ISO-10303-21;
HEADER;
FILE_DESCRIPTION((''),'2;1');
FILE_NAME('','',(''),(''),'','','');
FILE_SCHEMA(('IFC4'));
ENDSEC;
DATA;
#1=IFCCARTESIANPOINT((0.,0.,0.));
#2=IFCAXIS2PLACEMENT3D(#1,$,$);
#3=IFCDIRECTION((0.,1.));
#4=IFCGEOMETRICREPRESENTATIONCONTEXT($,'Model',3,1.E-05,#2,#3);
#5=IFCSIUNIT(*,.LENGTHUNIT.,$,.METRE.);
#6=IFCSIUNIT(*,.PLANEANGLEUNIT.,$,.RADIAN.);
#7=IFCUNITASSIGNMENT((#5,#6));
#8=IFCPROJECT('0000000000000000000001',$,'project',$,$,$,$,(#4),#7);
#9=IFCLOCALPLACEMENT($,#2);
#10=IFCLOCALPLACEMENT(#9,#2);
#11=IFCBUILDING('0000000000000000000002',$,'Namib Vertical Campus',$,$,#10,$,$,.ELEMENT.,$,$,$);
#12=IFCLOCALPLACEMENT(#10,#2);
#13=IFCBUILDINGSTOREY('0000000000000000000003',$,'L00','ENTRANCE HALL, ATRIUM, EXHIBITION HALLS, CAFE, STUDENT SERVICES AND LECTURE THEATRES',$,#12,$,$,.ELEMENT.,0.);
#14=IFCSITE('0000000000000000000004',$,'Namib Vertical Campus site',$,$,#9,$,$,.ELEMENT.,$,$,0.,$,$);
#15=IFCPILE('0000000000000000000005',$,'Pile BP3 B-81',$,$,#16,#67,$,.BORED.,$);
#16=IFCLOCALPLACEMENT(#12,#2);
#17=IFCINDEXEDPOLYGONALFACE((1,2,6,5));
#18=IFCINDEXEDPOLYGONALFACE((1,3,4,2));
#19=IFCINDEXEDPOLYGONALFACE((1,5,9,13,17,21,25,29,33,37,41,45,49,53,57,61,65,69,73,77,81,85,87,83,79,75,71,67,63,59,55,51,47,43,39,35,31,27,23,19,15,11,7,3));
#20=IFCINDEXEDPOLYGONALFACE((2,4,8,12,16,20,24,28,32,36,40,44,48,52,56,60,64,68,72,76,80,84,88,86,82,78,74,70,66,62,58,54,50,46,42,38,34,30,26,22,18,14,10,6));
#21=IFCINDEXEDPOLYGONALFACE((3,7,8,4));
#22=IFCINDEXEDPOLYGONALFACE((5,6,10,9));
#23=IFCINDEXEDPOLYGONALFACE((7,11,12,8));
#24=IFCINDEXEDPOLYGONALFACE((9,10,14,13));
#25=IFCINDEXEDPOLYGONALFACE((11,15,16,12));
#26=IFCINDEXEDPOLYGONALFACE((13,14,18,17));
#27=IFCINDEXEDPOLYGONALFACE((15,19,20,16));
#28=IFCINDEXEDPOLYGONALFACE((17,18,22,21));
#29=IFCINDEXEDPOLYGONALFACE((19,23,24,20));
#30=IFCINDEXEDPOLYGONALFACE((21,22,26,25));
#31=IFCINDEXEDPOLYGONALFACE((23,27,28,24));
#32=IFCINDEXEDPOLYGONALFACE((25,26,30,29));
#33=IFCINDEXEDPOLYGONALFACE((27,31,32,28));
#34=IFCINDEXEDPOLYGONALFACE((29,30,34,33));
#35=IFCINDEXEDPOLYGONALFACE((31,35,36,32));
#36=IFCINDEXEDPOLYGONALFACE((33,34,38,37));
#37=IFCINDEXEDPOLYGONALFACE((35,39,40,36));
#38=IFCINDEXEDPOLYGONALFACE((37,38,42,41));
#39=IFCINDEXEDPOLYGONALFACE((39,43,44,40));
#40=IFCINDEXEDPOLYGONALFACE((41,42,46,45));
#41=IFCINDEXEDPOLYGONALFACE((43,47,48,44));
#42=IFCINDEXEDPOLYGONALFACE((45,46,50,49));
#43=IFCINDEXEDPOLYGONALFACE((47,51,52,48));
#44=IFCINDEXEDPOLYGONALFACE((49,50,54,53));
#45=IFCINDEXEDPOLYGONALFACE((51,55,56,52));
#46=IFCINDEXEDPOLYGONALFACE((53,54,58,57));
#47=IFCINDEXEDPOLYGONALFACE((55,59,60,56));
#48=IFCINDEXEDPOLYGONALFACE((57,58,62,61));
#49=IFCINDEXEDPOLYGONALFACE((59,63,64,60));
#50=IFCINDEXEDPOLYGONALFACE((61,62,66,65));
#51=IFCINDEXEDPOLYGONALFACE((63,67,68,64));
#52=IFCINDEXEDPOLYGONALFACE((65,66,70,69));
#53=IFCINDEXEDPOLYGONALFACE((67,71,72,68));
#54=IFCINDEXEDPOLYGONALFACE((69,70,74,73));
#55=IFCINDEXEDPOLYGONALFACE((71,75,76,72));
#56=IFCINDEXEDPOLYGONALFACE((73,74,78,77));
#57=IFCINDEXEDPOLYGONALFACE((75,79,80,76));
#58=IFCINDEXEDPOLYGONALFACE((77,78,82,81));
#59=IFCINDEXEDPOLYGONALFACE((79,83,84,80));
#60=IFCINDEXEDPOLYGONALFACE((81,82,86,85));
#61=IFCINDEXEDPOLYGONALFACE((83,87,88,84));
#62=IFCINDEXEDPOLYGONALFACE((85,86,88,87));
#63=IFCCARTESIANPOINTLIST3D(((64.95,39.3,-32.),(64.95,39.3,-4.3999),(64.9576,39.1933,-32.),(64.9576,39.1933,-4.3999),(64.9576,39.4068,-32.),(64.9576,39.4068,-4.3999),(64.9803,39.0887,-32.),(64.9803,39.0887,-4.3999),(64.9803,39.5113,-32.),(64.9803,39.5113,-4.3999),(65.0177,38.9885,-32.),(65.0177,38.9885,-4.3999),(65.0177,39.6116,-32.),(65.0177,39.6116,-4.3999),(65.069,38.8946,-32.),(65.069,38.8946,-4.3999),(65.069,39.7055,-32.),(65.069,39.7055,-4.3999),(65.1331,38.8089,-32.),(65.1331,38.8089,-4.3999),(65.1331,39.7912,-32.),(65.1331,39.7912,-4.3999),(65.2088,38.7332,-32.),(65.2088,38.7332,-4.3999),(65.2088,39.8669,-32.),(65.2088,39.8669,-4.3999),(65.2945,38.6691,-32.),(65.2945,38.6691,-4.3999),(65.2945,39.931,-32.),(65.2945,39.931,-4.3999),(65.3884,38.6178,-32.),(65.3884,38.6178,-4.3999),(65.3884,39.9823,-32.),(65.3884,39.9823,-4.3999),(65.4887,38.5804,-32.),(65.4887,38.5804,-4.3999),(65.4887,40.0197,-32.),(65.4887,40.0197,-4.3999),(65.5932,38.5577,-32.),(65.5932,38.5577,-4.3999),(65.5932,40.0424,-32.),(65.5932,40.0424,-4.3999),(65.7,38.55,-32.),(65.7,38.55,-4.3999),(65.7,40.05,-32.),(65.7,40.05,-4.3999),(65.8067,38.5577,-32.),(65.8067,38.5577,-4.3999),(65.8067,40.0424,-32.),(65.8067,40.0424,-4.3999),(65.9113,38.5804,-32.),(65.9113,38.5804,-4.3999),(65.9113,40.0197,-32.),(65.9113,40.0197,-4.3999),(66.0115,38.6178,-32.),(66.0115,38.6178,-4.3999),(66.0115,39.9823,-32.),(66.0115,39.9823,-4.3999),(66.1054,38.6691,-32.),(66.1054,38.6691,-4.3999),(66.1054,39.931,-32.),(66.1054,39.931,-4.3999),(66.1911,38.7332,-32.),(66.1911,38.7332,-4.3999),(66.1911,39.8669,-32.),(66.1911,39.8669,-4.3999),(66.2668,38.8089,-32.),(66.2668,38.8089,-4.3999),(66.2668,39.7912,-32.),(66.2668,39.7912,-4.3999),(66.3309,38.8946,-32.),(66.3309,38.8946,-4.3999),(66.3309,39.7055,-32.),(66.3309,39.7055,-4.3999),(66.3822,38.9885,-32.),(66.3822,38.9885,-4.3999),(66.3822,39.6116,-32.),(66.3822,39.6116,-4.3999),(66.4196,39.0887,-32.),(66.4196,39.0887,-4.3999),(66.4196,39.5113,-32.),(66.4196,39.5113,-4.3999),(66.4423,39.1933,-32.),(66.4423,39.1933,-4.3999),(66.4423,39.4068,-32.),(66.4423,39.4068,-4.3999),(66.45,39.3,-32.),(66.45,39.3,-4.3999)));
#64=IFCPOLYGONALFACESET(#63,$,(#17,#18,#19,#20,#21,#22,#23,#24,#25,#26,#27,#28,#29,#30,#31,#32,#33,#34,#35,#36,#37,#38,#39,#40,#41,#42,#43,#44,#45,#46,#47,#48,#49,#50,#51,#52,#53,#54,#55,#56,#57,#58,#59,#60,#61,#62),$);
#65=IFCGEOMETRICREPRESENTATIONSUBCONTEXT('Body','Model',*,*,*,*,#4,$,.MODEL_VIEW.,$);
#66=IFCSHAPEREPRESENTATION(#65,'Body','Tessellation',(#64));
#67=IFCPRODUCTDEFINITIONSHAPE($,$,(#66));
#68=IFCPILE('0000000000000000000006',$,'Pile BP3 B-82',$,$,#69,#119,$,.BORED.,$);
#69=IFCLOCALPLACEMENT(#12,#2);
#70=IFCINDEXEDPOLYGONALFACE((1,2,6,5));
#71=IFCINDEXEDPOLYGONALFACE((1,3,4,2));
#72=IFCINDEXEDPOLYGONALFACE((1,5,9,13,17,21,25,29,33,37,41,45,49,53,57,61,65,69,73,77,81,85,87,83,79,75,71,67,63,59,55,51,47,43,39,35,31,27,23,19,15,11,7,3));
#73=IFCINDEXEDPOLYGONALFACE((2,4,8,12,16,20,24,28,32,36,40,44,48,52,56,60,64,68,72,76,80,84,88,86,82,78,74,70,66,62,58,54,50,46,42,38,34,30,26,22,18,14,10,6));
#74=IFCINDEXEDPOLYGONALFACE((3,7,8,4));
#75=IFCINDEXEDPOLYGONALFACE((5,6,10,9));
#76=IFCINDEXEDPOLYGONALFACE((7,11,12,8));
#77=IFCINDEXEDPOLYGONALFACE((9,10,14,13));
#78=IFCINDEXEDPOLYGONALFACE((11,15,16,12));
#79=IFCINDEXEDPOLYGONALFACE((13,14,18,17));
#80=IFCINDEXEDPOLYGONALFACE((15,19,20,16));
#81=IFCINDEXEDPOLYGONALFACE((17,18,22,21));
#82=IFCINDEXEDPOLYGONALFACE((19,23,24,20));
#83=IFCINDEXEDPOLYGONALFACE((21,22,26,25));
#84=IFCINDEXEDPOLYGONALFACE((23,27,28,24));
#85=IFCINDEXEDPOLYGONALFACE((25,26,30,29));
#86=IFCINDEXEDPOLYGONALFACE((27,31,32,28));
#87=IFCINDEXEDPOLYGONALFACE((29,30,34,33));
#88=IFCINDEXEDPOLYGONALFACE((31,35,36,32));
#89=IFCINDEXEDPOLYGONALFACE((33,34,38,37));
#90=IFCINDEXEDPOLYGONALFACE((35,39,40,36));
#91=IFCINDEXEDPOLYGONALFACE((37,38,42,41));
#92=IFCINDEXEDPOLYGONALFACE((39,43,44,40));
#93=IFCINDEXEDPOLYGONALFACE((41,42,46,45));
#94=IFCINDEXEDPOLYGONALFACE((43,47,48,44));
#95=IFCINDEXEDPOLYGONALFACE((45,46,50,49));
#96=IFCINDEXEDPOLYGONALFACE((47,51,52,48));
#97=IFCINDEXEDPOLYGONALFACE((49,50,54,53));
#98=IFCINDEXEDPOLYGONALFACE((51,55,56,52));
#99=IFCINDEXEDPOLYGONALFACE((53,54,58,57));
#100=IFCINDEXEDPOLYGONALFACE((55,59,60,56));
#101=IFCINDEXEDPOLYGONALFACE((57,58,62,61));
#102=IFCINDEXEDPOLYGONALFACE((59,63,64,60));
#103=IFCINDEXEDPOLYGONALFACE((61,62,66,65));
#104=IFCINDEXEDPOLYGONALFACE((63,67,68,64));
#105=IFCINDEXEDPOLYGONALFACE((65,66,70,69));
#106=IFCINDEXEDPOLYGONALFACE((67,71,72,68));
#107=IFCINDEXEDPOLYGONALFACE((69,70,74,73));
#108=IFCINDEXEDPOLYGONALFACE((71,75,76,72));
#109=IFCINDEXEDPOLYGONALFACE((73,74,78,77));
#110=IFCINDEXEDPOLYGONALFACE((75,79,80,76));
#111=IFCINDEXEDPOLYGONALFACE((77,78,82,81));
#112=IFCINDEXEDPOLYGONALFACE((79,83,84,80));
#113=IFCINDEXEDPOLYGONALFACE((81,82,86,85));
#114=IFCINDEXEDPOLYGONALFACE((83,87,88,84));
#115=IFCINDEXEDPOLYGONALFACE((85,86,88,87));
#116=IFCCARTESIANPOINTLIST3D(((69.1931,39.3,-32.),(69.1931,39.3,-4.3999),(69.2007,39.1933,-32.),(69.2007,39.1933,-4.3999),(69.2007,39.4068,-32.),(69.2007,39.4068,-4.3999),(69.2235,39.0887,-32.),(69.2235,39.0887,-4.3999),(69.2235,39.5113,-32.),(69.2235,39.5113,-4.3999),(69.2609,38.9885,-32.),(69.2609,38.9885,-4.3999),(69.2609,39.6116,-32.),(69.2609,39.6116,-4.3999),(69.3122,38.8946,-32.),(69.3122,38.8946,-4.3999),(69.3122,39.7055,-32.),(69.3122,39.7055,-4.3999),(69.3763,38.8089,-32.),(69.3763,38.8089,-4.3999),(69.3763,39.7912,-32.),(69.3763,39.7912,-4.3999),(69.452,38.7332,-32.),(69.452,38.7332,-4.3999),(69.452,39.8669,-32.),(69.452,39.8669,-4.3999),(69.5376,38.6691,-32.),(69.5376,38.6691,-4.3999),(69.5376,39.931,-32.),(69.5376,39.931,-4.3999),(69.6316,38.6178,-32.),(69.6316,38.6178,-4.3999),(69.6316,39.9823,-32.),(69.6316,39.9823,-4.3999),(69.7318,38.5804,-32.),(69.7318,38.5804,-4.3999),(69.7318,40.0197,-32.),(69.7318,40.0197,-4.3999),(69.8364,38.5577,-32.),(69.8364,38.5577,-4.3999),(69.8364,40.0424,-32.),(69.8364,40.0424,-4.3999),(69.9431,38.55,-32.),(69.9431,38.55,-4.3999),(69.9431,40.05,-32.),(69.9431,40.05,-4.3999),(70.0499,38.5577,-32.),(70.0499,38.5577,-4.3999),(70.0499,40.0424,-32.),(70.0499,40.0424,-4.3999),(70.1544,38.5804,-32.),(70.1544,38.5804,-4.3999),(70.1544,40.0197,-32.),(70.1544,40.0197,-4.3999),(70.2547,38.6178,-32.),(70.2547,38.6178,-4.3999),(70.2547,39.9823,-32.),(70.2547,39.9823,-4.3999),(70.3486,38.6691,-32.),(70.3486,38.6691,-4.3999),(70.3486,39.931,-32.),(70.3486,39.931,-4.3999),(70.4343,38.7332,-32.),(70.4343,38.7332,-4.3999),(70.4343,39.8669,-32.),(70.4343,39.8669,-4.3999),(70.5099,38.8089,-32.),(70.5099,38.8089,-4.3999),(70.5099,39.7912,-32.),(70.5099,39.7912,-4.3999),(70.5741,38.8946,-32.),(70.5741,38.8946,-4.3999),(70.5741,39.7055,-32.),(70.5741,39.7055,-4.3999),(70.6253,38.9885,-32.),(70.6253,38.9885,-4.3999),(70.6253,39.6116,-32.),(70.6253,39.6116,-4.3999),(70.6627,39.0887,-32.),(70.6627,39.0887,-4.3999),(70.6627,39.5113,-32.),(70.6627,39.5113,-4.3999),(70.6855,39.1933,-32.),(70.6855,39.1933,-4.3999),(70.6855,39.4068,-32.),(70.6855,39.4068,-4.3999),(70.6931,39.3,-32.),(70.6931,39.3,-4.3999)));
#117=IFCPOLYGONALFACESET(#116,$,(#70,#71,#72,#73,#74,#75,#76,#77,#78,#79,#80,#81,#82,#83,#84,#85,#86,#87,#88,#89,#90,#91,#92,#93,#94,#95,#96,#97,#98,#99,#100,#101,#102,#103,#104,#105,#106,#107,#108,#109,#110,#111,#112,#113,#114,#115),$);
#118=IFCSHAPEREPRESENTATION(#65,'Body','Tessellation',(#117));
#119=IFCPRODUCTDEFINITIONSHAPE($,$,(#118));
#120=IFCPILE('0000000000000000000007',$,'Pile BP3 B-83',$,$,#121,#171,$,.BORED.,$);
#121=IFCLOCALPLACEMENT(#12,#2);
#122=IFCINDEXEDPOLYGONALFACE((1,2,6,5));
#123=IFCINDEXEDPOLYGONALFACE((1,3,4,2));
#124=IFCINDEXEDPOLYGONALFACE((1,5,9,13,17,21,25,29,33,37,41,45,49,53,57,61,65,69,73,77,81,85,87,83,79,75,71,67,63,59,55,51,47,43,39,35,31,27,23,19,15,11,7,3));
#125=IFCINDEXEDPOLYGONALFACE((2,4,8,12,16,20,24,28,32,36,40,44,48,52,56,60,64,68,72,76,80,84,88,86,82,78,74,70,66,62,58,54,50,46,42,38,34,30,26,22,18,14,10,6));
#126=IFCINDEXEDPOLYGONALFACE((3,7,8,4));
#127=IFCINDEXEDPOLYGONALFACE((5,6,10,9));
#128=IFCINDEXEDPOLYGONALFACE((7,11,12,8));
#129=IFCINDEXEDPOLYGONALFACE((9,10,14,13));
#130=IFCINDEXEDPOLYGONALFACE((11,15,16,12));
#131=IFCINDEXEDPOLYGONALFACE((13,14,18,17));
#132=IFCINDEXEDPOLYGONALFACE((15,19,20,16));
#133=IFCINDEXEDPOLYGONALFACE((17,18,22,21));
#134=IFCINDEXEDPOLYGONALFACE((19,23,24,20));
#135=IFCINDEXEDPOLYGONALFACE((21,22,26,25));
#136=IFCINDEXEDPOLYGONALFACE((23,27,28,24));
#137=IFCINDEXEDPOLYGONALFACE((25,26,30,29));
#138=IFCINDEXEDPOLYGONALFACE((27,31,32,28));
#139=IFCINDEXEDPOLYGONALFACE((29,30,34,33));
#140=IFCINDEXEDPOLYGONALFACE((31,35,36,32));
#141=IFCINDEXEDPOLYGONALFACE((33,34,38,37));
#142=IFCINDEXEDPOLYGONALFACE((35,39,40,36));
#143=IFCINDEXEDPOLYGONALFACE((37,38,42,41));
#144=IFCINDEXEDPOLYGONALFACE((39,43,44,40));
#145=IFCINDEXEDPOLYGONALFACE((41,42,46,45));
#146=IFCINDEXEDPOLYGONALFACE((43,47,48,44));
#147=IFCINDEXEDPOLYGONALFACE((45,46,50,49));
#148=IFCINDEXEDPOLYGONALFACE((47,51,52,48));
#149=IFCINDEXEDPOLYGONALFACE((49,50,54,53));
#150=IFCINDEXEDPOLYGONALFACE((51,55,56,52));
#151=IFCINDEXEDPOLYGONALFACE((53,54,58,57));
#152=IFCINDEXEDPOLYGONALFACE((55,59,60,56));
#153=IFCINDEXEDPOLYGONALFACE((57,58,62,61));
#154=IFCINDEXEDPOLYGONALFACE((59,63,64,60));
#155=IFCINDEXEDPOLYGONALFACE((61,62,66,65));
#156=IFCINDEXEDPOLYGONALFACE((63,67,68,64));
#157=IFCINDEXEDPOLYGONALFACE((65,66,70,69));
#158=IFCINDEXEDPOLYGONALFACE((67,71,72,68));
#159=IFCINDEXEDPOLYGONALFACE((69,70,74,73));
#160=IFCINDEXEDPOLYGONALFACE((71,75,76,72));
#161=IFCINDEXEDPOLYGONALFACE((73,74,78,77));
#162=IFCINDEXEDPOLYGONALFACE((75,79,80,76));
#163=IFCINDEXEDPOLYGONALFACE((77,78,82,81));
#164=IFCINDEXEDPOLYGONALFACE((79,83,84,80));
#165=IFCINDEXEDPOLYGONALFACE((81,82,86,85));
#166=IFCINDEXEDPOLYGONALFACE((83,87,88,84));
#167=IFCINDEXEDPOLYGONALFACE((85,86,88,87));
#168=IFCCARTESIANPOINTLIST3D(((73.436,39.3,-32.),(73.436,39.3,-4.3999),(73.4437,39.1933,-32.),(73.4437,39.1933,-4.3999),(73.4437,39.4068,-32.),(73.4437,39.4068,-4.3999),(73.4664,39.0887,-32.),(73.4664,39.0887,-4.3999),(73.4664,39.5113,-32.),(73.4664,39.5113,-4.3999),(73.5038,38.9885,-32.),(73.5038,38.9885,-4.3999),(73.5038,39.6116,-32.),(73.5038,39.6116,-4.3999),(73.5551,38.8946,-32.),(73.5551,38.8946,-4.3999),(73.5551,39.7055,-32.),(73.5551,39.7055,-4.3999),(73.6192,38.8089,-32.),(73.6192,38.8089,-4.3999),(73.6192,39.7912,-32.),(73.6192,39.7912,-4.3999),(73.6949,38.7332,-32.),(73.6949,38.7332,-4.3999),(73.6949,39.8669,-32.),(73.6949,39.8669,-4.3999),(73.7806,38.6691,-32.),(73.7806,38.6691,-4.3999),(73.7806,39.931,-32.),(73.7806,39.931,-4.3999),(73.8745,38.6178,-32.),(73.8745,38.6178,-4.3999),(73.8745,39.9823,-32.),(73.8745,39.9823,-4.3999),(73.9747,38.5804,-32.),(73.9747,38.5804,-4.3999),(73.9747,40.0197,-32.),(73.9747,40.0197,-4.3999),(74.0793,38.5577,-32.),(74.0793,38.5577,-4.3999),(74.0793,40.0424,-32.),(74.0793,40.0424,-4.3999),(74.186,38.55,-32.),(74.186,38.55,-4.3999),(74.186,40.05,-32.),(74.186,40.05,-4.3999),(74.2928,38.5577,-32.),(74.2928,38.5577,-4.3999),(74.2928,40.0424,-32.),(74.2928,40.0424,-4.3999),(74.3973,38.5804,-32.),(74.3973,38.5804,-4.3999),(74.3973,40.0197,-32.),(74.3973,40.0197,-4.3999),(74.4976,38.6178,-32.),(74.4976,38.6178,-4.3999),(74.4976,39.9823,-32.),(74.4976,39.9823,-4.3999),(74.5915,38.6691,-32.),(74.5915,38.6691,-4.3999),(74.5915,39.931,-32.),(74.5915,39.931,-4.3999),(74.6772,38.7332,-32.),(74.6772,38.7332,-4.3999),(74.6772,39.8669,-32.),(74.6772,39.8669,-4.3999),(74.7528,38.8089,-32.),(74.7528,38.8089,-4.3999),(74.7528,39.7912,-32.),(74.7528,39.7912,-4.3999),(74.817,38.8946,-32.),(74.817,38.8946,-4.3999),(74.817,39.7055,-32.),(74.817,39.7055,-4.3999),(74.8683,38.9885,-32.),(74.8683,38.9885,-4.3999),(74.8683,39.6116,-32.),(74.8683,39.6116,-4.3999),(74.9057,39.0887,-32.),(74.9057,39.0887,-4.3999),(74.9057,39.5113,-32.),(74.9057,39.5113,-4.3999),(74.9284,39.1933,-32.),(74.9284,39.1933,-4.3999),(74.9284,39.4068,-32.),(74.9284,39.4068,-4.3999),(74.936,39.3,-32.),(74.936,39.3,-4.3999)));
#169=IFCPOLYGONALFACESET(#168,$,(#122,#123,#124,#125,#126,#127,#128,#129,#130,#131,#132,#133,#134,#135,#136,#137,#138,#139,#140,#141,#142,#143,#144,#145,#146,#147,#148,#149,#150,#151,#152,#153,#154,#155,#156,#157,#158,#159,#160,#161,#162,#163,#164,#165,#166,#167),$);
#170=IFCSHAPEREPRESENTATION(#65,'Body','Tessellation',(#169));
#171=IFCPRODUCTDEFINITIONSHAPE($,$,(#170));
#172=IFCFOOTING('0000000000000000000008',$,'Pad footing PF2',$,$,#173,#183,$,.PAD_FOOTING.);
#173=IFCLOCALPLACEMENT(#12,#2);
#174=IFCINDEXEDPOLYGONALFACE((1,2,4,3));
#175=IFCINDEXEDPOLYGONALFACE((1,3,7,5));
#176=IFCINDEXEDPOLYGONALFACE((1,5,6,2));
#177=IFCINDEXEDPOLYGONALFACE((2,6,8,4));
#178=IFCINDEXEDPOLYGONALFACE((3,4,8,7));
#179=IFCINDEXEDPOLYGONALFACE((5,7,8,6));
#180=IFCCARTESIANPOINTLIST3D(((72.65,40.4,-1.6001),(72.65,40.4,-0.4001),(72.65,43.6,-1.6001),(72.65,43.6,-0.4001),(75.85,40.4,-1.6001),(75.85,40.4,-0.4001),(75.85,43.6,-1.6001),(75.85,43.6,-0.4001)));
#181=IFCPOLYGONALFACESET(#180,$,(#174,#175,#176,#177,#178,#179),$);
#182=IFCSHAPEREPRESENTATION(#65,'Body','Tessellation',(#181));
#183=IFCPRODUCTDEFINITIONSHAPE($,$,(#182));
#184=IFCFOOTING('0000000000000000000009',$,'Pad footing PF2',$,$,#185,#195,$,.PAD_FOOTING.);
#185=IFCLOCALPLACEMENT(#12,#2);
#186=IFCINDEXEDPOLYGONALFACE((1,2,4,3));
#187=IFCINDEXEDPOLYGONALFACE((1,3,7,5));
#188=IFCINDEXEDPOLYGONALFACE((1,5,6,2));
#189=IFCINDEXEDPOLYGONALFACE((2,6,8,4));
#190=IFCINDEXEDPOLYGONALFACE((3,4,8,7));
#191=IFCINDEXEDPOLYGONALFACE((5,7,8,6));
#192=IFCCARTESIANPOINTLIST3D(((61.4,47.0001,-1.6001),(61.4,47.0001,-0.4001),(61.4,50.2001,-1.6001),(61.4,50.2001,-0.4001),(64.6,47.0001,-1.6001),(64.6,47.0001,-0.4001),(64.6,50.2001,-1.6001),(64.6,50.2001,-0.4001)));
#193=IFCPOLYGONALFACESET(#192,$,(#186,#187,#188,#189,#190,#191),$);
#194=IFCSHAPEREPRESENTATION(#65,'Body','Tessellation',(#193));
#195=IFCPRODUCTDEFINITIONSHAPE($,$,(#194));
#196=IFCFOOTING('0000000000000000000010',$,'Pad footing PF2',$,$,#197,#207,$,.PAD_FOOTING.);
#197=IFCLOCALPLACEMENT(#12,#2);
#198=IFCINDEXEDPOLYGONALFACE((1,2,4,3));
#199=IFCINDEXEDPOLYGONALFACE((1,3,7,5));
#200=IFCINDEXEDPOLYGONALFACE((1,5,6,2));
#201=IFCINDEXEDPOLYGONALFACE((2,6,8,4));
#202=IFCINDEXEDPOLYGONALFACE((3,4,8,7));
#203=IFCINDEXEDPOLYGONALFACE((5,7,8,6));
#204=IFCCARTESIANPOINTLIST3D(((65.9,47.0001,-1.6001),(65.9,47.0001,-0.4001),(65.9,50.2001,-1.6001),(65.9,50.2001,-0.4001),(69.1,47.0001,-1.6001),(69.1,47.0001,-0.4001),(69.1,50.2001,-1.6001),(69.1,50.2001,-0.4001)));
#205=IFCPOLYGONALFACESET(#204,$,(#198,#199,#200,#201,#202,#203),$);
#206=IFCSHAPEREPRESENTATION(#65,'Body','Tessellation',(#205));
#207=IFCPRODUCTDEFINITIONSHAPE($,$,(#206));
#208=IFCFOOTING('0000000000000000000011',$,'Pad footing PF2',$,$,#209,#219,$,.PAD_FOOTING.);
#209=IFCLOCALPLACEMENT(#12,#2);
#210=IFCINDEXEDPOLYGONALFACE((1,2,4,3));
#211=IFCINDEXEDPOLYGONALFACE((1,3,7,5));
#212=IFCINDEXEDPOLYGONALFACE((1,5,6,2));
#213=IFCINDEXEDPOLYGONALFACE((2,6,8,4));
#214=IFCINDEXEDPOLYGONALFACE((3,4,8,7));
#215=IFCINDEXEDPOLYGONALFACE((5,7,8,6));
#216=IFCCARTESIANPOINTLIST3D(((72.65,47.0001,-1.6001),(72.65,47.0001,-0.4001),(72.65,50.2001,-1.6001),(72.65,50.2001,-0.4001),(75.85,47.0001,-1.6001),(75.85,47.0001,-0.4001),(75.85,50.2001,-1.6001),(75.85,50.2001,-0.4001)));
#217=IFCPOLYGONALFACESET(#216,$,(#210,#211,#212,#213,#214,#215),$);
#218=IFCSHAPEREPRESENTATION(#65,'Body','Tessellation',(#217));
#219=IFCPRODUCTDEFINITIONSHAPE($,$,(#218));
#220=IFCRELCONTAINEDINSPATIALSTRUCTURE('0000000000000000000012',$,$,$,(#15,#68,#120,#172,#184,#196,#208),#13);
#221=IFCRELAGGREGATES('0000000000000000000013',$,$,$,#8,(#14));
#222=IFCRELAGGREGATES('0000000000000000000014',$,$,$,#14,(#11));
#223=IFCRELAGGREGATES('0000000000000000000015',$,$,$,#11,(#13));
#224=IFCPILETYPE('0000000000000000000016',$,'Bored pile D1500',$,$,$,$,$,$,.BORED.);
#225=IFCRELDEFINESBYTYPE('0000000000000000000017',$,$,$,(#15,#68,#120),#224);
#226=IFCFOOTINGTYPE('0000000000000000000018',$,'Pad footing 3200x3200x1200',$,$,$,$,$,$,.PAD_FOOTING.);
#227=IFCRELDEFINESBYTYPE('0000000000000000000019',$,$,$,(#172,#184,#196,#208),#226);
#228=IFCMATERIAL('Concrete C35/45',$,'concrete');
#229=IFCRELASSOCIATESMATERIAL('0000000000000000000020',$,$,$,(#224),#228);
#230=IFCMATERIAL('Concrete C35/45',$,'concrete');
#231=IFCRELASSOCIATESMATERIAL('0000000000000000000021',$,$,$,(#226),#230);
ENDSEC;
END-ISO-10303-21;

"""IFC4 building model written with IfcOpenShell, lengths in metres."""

from ifc_helpers import new_model, si_unit, direction, frame, origin, origin_2d, place, context, subcontext, project, spatial, rectangle, circle, extrude, material, material_profile, profile_set, type_object, element, save


model = new_model("IFC4")

# Units and contexts
model_context = context("Model", 3, precision=1e-05, world=origin(), true_north=direction((0.0, 1.0)))
body_context = subcontext(model_context, "Body", "Model", "MODEL_VIEW")
ifc_project = project(units=[si_unit("LENGTHUNIT", "METRE"), si_unit("PLANEANGLEUNIT", "RADIAN")], contexts=[model_context])

# Site, building, storey
site_placement = place(None, origin())
site = spatial("IfcSite", under=ifc_project, at=site_placement, Name="Namib Vertical Campus site", CompositionType="ELEMENT", RefElevation=0.0)
building_placement = place(site_placement, origin())
building = spatial("IfcBuilding", under=site, at=building_placement, Name="Namib Vertical Campus", CompositionType="ELEMENT")
storey_placement = place(building_placement, origin())
storey = spatial("IfcBuildingStorey", under=building, at=storey_placement, Name="L00", Description="ENTRANCE HALL, ATRIUM, EXHIBITION HALLS, CAFE, STUDENT SERVICES AND LECTURE THEATRES", CompositionType="ELEMENT", Elevation=0.0)

# Piles
ifc_material_1 = material(Name="Concrete C35/45", Category="concrete")
ifc_material_profile_1 = material_profile(ifc_material_1, circle(Radius=0.75, at=origin_2d()))
ifc_profile_set_1 = profile_set([ifc_material_profile_1], Name="Concrete C35/45")
pile_type = type_object("IfcPileType", Name="Bored pile D1500", PredefinedType="BORED", material=ifc_profile_set_1)
for number, where, z_axis, x_axis, name in (
    (1, (65.7, 39.3, -4.3999), (0.0, 0.0, -1.0), (1.0, 0.0, 0.0), "Pile BP3 B-81"),
    (2, (69.9431, 39.3, -4.3999), (0.0, 0.0, -1.0), (1.0, 0.0, 0.0), "Pile BP3 B-82"),
    (3, (74.186, 39.3, -4.3999), (0.0, 0.0, -1.0), (1.0, 0.0, 0.0), "Pile BP3 B-83"),
):
    element("IfcPile", number, at=place(storey_placement, frame(where, z_axis=z_axis, x_axis=x_axis)), inside=storey, type_object=pile_type, Name=name, PredefinedType="BORED", context=body_context, shape_type="SweptSolid", body=[
        extrude(circle(Radius=0.75, at=origin_2d()), origin(), (0.0, 0.0, 1.0), 27.6001),
    ])

# Footings
ifc_material_2 = material(Name="Concrete C35/45", Category="concrete")
footing_type = type_object("IfcFootingType", Name="Pad footing 3200x3200x1200", PredefinedType="PAD_FOOTING", material=ifc_material_2)
for number, where, z_axis, x_axis, name in (
    (4, (74.25, 42.0, -1.6001), (0.0, 0.0, 1.0), (1.0, 0.0, 0.0), "Pad footing PF2"),
    (5, (63.0, 48.6001, -1.6001), (0.0, 0.0, 1.0), (1.0, 0.0, 0.0), "Pad footing PF2"),
    (6, (67.5, 48.6001, -1.6001), (0.0, 0.0, 1.0), (1.0, 0.0, 0.0), "Pad footing PF2"),
    (7, (74.25, 48.6001, -1.6001), (0.0, 0.0, 1.0), (1.0, 0.0, 0.0), "Pad footing PF2"),
):
    element("IfcFooting", number, at=place(storey_placement, frame(where, z_axis=z_axis, x_axis=x_axis)), inside=storey, type_object=footing_type, Name=name, PredefinedType="PAD_FOOTING", context=body_context, shape_type="SweptSolid", body=[
        extrude(rectangle(XDim=3.2, YDim=3.2, at=origin_2d()), origin(), (0.0, 0.0, 1.0), 1.2),
    ])

save(model, "model.ifc")
